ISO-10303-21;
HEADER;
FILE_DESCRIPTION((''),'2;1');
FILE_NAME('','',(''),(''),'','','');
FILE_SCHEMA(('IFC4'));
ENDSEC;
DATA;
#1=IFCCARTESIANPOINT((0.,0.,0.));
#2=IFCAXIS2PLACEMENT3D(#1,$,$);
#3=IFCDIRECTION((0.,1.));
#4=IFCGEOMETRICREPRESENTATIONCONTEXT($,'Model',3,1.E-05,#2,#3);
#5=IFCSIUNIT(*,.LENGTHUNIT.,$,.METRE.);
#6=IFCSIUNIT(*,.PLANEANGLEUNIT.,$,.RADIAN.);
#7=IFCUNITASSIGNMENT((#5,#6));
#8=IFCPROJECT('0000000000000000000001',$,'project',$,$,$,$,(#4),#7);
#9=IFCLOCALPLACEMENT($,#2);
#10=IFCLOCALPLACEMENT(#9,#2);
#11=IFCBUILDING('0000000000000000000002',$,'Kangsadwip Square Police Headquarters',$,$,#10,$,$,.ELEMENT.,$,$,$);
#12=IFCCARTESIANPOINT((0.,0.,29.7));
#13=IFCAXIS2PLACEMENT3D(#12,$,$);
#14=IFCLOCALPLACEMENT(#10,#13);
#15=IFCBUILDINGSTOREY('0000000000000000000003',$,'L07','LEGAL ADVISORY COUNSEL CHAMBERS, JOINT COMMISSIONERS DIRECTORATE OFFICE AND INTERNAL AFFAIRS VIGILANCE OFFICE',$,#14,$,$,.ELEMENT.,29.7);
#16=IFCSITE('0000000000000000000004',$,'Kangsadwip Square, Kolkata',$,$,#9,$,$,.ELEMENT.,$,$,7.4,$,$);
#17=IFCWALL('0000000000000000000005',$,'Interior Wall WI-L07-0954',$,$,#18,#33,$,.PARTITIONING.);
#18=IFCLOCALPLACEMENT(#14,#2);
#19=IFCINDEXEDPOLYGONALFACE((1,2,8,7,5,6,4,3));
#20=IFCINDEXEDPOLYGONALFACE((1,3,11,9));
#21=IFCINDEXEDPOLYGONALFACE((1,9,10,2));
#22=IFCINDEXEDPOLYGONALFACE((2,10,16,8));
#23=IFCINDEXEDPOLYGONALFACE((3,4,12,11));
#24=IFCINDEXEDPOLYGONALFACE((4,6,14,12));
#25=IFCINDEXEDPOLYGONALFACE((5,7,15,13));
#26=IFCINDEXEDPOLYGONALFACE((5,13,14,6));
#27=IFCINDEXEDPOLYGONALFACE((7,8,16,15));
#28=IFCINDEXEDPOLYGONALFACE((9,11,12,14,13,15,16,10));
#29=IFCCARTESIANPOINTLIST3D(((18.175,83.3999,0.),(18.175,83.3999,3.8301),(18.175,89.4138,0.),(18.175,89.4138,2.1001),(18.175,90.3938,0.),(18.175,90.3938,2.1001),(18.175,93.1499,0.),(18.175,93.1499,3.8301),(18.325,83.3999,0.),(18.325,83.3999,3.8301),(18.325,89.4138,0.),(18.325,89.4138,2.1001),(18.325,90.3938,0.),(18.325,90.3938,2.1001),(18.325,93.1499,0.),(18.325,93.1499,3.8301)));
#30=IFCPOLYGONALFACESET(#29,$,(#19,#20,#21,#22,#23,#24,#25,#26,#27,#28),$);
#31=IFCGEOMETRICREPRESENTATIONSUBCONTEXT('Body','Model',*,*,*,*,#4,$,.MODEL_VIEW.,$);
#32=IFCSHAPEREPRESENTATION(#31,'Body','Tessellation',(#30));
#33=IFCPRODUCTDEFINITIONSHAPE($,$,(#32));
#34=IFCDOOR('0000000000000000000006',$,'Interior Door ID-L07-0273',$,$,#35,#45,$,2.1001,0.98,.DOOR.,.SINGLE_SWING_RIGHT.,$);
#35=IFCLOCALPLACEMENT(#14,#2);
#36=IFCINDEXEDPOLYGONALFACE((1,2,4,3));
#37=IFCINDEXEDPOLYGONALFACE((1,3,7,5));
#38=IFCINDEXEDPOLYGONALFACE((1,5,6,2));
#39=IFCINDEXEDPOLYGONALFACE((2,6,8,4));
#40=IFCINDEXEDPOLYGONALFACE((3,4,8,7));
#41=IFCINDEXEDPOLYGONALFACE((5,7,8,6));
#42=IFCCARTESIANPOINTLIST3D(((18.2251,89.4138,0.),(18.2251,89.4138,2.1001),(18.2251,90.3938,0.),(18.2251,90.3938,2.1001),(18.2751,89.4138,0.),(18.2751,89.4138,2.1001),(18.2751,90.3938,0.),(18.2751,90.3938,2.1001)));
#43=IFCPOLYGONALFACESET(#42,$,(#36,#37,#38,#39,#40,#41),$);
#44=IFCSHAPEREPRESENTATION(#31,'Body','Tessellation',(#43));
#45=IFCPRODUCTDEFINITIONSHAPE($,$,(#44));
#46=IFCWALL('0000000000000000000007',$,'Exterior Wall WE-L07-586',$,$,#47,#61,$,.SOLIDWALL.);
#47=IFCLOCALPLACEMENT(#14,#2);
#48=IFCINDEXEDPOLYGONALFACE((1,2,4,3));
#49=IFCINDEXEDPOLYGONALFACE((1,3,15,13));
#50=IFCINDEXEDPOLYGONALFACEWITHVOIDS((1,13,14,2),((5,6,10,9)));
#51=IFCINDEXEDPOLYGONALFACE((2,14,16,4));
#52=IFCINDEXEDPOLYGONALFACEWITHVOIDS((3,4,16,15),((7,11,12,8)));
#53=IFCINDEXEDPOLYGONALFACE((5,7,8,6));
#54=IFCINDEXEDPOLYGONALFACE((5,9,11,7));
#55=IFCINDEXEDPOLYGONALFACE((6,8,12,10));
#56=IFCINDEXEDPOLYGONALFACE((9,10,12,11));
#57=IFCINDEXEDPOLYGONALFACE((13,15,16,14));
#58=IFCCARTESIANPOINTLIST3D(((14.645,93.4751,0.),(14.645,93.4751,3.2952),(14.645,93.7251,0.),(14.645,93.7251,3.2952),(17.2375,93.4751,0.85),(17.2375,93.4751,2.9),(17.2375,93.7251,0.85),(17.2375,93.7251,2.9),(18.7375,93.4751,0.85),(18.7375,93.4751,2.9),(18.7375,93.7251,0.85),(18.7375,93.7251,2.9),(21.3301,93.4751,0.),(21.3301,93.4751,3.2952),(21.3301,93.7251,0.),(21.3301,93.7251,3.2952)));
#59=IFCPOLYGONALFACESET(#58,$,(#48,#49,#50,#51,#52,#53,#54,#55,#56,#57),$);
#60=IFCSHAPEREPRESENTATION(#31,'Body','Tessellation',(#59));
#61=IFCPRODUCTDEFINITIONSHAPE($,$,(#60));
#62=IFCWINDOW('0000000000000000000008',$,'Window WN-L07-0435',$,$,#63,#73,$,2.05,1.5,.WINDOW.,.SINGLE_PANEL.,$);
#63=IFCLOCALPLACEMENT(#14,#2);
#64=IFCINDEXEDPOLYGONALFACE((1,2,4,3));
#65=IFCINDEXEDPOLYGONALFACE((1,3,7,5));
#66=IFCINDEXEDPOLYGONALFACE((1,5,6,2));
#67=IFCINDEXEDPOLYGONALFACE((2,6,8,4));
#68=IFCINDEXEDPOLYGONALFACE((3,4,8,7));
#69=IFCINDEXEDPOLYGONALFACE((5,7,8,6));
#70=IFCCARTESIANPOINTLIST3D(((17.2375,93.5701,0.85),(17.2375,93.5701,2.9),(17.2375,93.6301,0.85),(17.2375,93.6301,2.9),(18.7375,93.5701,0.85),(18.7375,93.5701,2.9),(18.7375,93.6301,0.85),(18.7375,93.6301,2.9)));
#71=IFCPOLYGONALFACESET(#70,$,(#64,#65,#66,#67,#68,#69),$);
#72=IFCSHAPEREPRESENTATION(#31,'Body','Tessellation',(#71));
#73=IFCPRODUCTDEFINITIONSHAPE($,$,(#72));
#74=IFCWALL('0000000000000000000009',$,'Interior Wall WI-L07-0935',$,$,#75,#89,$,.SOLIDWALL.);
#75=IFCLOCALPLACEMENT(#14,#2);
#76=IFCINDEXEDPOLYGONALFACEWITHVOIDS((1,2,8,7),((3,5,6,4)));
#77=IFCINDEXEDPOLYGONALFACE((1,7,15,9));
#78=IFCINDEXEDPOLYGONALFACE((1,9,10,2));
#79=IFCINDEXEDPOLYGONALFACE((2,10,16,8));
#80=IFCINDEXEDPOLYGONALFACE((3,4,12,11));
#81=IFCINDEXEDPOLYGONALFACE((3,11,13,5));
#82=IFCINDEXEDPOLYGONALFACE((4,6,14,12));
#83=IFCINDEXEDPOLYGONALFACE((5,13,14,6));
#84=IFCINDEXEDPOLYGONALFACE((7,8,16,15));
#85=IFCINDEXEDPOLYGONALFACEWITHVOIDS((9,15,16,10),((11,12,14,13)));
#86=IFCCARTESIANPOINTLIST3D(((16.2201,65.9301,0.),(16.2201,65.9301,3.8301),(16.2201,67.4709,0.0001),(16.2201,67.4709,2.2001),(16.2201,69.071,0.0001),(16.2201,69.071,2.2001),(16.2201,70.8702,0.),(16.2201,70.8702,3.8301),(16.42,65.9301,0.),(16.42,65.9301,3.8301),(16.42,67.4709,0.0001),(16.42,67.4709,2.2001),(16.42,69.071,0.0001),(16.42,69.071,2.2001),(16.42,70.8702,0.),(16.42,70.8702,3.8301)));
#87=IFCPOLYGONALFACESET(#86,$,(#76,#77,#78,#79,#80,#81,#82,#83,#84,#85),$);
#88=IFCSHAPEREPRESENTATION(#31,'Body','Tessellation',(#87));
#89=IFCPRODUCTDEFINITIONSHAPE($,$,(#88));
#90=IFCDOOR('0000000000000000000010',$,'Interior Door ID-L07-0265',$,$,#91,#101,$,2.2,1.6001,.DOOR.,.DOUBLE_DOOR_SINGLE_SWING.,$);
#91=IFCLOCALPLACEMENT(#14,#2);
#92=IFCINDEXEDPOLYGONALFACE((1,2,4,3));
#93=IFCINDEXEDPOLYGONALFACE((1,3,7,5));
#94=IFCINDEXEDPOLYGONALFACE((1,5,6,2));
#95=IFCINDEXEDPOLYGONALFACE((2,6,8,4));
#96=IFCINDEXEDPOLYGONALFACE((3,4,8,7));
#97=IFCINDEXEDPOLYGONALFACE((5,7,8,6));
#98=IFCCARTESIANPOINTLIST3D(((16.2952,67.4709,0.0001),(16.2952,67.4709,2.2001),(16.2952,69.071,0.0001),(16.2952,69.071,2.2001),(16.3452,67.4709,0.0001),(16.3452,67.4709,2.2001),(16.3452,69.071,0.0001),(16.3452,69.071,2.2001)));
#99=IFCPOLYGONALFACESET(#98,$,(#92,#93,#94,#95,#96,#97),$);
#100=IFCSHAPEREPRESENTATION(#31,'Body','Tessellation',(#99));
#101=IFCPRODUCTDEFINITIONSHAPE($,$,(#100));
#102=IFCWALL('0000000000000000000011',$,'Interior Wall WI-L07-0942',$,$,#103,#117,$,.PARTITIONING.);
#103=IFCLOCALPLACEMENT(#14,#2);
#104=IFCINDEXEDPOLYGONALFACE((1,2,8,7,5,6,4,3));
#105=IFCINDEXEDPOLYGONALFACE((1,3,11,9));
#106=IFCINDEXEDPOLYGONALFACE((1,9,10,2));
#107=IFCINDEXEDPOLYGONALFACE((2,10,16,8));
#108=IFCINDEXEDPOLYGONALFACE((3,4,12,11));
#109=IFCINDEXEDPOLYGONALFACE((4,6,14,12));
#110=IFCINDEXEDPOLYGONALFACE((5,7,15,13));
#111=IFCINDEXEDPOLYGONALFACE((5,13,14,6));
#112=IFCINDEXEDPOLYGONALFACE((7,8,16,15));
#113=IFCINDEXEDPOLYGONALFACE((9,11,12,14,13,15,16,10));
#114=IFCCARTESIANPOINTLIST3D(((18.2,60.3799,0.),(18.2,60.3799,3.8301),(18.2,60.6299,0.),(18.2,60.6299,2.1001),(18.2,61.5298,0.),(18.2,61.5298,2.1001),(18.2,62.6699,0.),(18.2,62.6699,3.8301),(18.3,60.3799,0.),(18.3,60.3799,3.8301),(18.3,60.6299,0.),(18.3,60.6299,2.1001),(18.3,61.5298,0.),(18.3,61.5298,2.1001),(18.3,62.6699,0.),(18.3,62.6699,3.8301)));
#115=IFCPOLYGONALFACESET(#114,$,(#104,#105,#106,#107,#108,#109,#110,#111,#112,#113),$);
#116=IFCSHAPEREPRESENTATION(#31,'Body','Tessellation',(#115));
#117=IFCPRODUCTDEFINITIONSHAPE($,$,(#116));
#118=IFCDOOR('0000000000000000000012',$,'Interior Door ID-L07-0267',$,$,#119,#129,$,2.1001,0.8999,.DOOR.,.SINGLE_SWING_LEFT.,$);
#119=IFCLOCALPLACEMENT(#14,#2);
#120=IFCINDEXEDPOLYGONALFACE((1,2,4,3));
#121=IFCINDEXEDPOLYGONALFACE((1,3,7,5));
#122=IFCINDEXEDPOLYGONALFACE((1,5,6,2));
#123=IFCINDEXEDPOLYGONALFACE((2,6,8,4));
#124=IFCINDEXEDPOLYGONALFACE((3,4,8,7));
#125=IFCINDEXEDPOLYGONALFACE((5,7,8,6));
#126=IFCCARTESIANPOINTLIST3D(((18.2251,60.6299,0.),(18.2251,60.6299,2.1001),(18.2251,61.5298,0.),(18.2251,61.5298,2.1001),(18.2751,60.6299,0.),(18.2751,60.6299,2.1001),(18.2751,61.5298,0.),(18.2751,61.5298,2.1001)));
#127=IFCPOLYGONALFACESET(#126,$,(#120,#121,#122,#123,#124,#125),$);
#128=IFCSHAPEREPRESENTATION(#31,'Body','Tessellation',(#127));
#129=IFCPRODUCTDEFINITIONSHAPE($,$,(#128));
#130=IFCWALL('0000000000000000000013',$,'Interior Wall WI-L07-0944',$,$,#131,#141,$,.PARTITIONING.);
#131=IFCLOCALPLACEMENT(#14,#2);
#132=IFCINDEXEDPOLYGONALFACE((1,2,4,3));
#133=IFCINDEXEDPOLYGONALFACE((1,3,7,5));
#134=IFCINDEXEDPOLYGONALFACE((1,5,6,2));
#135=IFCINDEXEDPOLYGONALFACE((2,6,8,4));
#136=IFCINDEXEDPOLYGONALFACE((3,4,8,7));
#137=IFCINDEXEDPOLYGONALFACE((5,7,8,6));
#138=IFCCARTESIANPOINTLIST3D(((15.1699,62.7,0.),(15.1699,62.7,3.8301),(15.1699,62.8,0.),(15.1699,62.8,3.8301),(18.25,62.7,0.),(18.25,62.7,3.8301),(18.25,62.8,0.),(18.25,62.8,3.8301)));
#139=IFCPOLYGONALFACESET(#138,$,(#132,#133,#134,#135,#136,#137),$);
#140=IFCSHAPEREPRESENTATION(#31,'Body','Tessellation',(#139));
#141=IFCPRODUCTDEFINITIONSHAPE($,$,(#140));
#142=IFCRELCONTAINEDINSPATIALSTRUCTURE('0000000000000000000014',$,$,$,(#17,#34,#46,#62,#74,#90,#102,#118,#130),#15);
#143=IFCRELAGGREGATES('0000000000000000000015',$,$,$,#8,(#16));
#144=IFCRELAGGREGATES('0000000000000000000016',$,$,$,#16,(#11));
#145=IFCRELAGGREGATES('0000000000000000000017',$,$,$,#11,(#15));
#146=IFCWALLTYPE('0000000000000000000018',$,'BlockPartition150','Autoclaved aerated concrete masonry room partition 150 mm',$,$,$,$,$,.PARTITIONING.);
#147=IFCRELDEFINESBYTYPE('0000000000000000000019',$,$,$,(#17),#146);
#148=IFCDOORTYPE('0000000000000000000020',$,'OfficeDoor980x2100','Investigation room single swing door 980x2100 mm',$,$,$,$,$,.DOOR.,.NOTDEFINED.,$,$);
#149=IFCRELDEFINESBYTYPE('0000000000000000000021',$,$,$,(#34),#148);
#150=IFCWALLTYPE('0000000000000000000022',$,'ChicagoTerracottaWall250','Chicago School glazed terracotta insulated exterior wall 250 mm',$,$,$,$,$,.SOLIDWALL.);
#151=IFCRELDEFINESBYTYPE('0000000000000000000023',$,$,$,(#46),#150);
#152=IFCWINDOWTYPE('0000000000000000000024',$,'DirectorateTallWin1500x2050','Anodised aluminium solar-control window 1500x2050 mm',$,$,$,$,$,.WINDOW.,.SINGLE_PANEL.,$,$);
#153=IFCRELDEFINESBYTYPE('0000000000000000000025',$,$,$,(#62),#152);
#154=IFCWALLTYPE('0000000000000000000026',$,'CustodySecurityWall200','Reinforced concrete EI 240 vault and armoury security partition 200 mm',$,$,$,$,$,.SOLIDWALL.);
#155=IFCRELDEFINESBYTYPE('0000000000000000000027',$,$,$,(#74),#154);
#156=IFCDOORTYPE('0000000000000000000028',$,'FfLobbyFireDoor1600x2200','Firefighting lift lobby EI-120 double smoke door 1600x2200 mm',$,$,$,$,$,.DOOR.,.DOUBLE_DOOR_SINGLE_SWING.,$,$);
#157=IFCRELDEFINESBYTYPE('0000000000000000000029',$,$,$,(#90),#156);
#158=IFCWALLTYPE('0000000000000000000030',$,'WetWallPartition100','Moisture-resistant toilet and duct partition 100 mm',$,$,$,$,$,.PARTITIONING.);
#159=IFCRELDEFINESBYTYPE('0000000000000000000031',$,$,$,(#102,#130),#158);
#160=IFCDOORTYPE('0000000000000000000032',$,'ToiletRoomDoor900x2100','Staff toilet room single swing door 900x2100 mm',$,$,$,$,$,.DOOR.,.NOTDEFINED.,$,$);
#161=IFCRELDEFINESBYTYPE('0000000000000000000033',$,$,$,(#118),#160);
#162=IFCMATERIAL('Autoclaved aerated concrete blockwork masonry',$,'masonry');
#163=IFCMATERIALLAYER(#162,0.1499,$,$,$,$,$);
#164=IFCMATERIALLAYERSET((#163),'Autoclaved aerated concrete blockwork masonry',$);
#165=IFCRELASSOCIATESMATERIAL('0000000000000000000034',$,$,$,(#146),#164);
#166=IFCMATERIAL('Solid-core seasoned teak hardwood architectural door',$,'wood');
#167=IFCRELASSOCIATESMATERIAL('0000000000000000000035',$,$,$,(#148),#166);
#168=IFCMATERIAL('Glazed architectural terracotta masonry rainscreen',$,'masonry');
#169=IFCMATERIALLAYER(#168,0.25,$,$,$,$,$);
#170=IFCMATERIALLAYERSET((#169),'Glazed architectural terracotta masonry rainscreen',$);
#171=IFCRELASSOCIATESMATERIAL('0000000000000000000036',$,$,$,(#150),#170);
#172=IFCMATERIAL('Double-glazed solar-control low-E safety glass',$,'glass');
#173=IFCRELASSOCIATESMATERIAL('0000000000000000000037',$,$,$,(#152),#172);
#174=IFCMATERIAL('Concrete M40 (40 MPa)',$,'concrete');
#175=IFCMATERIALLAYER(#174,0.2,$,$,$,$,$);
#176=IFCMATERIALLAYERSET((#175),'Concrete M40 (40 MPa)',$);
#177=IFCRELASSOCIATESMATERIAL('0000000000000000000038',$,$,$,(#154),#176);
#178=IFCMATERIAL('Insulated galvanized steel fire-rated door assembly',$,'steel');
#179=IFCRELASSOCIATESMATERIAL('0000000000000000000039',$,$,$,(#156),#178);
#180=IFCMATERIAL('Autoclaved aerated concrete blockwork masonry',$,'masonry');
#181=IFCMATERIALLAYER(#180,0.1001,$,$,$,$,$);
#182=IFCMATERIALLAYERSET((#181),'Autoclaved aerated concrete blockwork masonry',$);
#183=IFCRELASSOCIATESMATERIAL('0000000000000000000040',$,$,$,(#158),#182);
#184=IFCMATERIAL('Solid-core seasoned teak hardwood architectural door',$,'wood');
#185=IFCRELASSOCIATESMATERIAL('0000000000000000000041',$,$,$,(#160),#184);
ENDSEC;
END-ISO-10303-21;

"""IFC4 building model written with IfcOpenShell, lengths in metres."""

from ifc_helpers import new_model, si_unit, direction, frame, frame_2d, origin, place, context, subcontext, project, spatial, rectangle, extrude, material, layer, layer_set, type_object, element, fill, save


model = new_model("IFC4")

# Units and contexts
model_context = context("Model", 3, precision=1e-05, world=origin(), true_north=direction((0.0, 1.0)))
body_context = subcontext(model_context, "Body", "Model", "MODEL_VIEW")
ifc_project = project(units=[si_unit("LENGTHUNIT", "METRE"), si_unit("PLANEANGLEUNIT", "RADIAN")], contexts=[model_context])

# Site, building, storey
site_placement = place(None, origin())
site = spatial("IfcSite", under=ifc_project, at=site_placement, Name="Kangsadwip Square, Kolkata", CompositionType="ELEMENT", RefElevation=7.4)
building_placement = place(site_placement, origin())
building = spatial("IfcBuilding", under=site, at=building_placement, Name="Kangsadwip Square Police Headquarters", CompositionType="ELEMENT")
storey_placement = place(building_placement, frame((0.0, 0.0, 29.7)))
storey = spatial("IfcBuildingStorey", under=building, at=storey_placement, Name="L07", Description="LEGAL ADVISORY COUNSEL CHAMBERS, JOINT COMMISSIONERS DIRECTORATE OFFICE AND INTERNAL AFFAIRS VIGILANCE OFFICE", CompositionType="ELEMENT", Elevation=29.7)

# Wall, opening, door
ifc_material_1 = material(Name="Autoclaved aerated concrete blockwork masonry", Category="masonry")
ifc_layer_1 = layer(ifc_material_1, 0.1499)
ifc_layer_set_1 = layer_set([ifc_layer_1], Name="Autoclaved aerated concrete blockwork masonry")
wall_type_1 = type_object("IfcWallType", Name="BlockPartition150", Description="Autoclaved aerated concrete masonry room partition 150 mm", PredefinedType="PARTITIONING", material=ifc_layer_set_1)
wall_1_placement = place(storey_placement, frame((18.25, 83.3999, 0.0), z_axis=(0.0, 0.0, 1.0), x_axis=(0.0, 1.0, 0.0)))
wall_1 = element("IfcWall", 1, at=wall_1_placement, inside=storey, type_object=wall_type_1, Name="Interior Wall WI-L07-0954", PredefinedType="PARTITIONING", context=body_context, shape_type="SweptSolid", body=[
    extrude(rectangle(XDim=9.75, YDim=0.1499, at=frame_2d((4.875, 0.0))), origin(), (0.0, 0.0, 1.0), 3.8301),
])
opening_1_placement = place(wall_1_placement, frame((6.0139, 0.0, 0.0)))
opening_1 = element("IfcOpeningElement", 2, at=opening_1_placement, cuts=wall_1, PredefinedType="OPENING", context=body_context, shape_type="SweptSolid", body=[
    extrude(rectangle(XDim=0.98, YDim=2.1001, at=frame_2d((0.49, 1.05))), frame((0.0, 0.085, 0.0), z_axis=(0.0, -1.0, 0.0), x_axis=(1.0, 0.0, 0.0)), (0.0, 0.0, 1.0), 0.1699),
])
ifc_material_2 = material(Name="Solid-core seasoned teak hardwood architectural door", Category="wood")
door_type_1 = type_object("IfcDoorType", Name="OfficeDoor980x2100", Description="Investigation room single swing door 980x2100 mm", OperationType="NOTDEFINED", PredefinedType="DOOR", material=ifc_material_2)
door_1_placement = place(opening_1_placement, origin())
door_1 = element("IfcDoor", 3, at=door_1_placement, inside=storey, type_object=door_type_1, Name="Interior Door ID-L07-0273", OperationType="SINGLE_SWING_RIGHT", OverallHeight=2.1001, OverallWidth=0.98, PredefinedType="DOOR", context=body_context, shape_type="SweptSolid", body=[
    extrude(rectangle(XDim=0.98, YDim=2.1001, at=frame_2d((0.49, 1.05))), frame((0.0, 0.0249, 0.0), z_axis=(0.0, -1.0, 0.0), x_axis=(1.0, 0.0, 0.0)), (0.0, 0.0, 1.0), 0.05),
])
fill(opening_1, door_1)

# Wall, opening, window
ifc_material_3 = material(Name="Glazed architectural terracotta masonry rainscreen", Category="masonry")
ifc_layer_2 = layer(ifc_material_3, 0.25)
ifc_layer_set_2 = layer_set([ifc_layer_2], Name="Glazed architectural terracotta masonry rainscreen")
wall_type_2 = type_object("IfcWallType", Name="ChicagoTerracottaWall250", Description="Chicago School glazed terracotta insulated exterior wall 250 mm", PredefinedType="SOLIDWALL", material=ifc_layer_set_2)
wall_2_placement = place(storey_placement, frame((14.645, 93.6001, 0.0), z_axis=(0.0, 0.0, 1.0), x_axis=(1.0, 0.0, 0.0)))
wall_2 = element("IfcWall", 4, at=wall_2_placement, inside=storey, type_object=wall_type_2, Name="Exterior Wall WE-L07-586", PredefinedType="SOLIDWALL", context=body_context, shape_type="SweptSolid", body=[
    extrude(rectangle(XDim=6.6851, YDim=0.25, at=frame_2d((3.3425, 0.0))), origin(), (0.0, 0.0, 1.0), 3.2952),
])
opening_2_placement = place(wall_2_placement, frame((2.5925, 0.0, 0.8501)))
opening_2 = element("IfcOpeningElement", 5, at=opening_2_placement, cuts=wall_2, PredefinedType="OPENING", context=body_context, shape_type="SweptSolid", body=[
    extrude(rectangle(XDim=1.5, YDim=2.05, at=frame_2d((0.75, 1.0249))), frame((0.0, 0.135, 0.0), z_axis=(0.0, -1.0, 0.0), x_axis=(1.0, 0.0, 0.0)), (0.0, 0.0, 1.0), 0.27),
])
ifc_material_4 = material(Name="Double-glazed solar-control low-E safety glass", Category="glass")
window_type = type_object("IfcWindowType", Name="DirectorateTallWin1500x2050", Description="Anodised aluminium solar-control window 1500x2050 mm", PartitioningType="SINGLE_PANEL", PredefinedType="WINDOW", material=ifc_material_4)
window_placement = place(opening_2_placement, origin())
window = element("IfcWindow", 6, at=window_placement, inside=storey, type_object=window_type, Name="Window WN-L07-0435", OverallHeight=2.05, OverallWidth=1.5, PartitioningType="SINGLE_PANEL", PredefinedType="WINDOW", context=body_context, shape_type="SweptSolid", body=[
    extrude(rectangle(XDim=1.5, YDim=2.05, at=frame_2d((0.75, 1.0249))), frame((0.0, 0.03, 0.0), z_axis=(0.0, -1.0, 0.0), x_axis=(1.0, 0.0, 0.0)), (0.0, 0.0, 1.0), 0.0601),
])
fill(opening_2, window)

# Walls, openings, doors
ifc_material_5 = material(Name="Concrete M40 (40 MPa)", Category="concrete")
ifc_layer_3 = layer(ifc_material_5, 0.2)
ifc_layer_set_3 = layer_set([ifc_layer_3], Name="Concrete M40 (40 MPa)")
wall_type_3 = type_object("IfcWallType", Name="CustodySecurityWall200", Description="Reinforced concrete EI 240 vault and armoury security partition 200 mm", PredefinedType="SOLIDWALL", material=ifc_layer_set_3)
wall_3_placement = place(storey_placement, frame((16.3201, 65.9299, 0.0), z_axis=(0.0, 0.0, 1.0), x_axis=(0.0, 1.0, 0.0)))
wall_3 = element("IfcWall", 7, at=wall_3_placement, inside=storey, type_object=wall_type_3, Name="Interior Wall WI-L07-0935", PredefinedType="SOLIDWALL", context=body_context, shape_type="SweptSolid", body=[
    extrude(rectangle(XDim=4.9402, YDim=0.2, at=frame_2d((2.4702, 0.0))), origin(), (0.0, 0.0, 1.0), 3.8301),
])
opening_3_placement = place(wall_3_placement, frame((1.541, 0.0, 0.0)))
opening_3 = element("IfcOpeningElement", 8, at=opening_3_placement, cuts=wall_3, PredefinedType="OPENING", context=body_context, shape_type="SweptSolid", body=[
    extrude(rectangle(XDim=1.6001, YDim=2.2, at=frame_2d((0.8, 1.1001))), frame((0.0, 0.1099, 0.0), z_axis=(0.0, -1.0, 0.0), x_axis=(1.0, 0.0, 0.0)), (0.0, 0.0, 1.0), 0.22),
])
ifc_material_6 = material(Name="Insulated galvanized steel fire-rated door assembly", Category="steel")
door_type_2 = type_object("IfcDoorType", Name="FfLobbyFireDoor1600x2200", Description="Firefighting lift lobby EI-120 double smoke door 1600x2200 mm", OperationType="DOUBLE_DOOR_SINGLE_SWING", PredefinedType="DOOR", material=ifc_material_6)
door_2_placement = place(opening_3_placement, origin())
door_2 = element("IfcDoor", 9, at=door_2_placement, inside=storey, type_object=door_type_2, Name="Interior Door ID-L07-0265", OperationType="DOUBLE_DOOR_SINGLE_SWING", OverallHeight=2.2, OverallWidth=1.6001, PredefinedType="DOOR", context=body_context, shape_type="SweptSolid", body=[
    extrude(rectangle(XDim=1.6001, YDim=2.2, at=frame_2d((0.8, 1.1001))), frame((0.0, 0.0249, 0.0), z_axis=(0.0, -1.0, 0.0), x_axis=(1.0, 0.0, 0.0)), (0.0, 0.0, 1.0), 0.05),
])
fill(opening_3, door_2)
ifc_material_7 = material(Name="Autoclaved aerated concrete blockwork masonry", Category="masonry")
ifc_layer_4 = layer(ifc_material_7, 0.1001)
ifc_layer_set_4 = layer_set([ifc_layer_4], Name="Autoclaved aerated concrete blockwork masonry")
wall_type_4 = type_object("IfcWallType", Name="WetWallPartition100", Description="Moisture-resistant toilet and duct partition 100 mm", PredefinedType="PARTITIONING", material=ifc_layer_set_4)
wall_4_placement = place(storey_placement, frame((18.25, 60.3799, 0.0), z_axis=(0.0, 0.0, 1.0), x_axis=(0.0, 1.0, 0.0)))
wall_4 = element("IfcWall", 10, at=wall_4_placement, inside=storey, type_object=wall_type_4, Name="Interior Wall WI-L07-0942", PredefinedType="PARTITIONING", context=body_context, shape_type="SweptSolid", body=[
    extrude(rectangle(XDim=2.29, YDim=0.1001, at=frame_2d((1.145, 0.0))), origin(), (0.0, 0.0, 1.0), 3.8301),
])
opening_4_placement = place(wall_4_placement, frame((0.25, 0.0, 0.0)))
opening_4 = element("IfcOpeningElement", 11, at=opening_4_placement, cuts=wall_4, PredefinedType="OPENING", context=body_context, shape_type="SweptSolid", body=[
    extrude(rectangle(XDim=0.8999, YDim=2.1001, at=frame_2d((0.45, 1.05))), frame((0.0, 0.0601, 0.0), z_axis=(0.0, -1.0, 0.0), x_axis=(1.0, 0.0, 0.0)), (0.0, 0.0, 1.0), 0.1201),
])
ifc_material_8 = material(Name="Solid-core seasoned teak hardwood architectural door", Category="wood")
door_type_3 = type_object("IfcDoorType", Name="ToiletRoomDoor900x2100", Description="Staff toilet room single swing door 900x2100 mm", OperationType="NOTDEFINED", PredefinedType="DOOR", material=ifc_material_8)
door_3_placement = place(opening_4_placement, origin())
door_3 = element("IfcDoor", 12, at=door_3_placement, inside=storey, type_object=door_type_3, Name="Interior Door ID-L07-0267", OperationType="SINGLE_SWING_LEFT", OverallHeight=2.1001, OverallWidth=0.8999, PredefinedType="DOOR", context=body_context, shape_type="SweptSolid", body=[
    extrude(rectangle(XDim=0.8999, YDim=2.1001, at=frame_2d((0.45, 1.05))), frame((0.0, 0.0249, 0.0), z_axis=(0.0, -1.0, 0.0), x_axis=(1.0, 0.0, 0.0)), (0.0, 0.0, 1.0), 0.05),
])
fill(opening_4, door_3)

# Wall
wall_5_placement = place(storey_placement, frame((15.1699, 62.75, 0.0), z_axis=(0.0, 0.0, 1.0), x_axis=(1.0, 0.0, 0.0)))
element("IfcWall", 13, at=wall_5_placement, inside=storey, type_object=wall_type_4, Name="Interior Wall WI-L07-0944", PredefinedType="PARTITIONING", context=body_context, shape_type="SweptSolid", body=[
    extrude(rectangle(XDim=3.0801, YDim=0.1001, at=frame_2d((1.54, 0.0))), origin(), (0.0, 0.0, 1.0), 3.8301),
])

save(model, "model.ifc")
